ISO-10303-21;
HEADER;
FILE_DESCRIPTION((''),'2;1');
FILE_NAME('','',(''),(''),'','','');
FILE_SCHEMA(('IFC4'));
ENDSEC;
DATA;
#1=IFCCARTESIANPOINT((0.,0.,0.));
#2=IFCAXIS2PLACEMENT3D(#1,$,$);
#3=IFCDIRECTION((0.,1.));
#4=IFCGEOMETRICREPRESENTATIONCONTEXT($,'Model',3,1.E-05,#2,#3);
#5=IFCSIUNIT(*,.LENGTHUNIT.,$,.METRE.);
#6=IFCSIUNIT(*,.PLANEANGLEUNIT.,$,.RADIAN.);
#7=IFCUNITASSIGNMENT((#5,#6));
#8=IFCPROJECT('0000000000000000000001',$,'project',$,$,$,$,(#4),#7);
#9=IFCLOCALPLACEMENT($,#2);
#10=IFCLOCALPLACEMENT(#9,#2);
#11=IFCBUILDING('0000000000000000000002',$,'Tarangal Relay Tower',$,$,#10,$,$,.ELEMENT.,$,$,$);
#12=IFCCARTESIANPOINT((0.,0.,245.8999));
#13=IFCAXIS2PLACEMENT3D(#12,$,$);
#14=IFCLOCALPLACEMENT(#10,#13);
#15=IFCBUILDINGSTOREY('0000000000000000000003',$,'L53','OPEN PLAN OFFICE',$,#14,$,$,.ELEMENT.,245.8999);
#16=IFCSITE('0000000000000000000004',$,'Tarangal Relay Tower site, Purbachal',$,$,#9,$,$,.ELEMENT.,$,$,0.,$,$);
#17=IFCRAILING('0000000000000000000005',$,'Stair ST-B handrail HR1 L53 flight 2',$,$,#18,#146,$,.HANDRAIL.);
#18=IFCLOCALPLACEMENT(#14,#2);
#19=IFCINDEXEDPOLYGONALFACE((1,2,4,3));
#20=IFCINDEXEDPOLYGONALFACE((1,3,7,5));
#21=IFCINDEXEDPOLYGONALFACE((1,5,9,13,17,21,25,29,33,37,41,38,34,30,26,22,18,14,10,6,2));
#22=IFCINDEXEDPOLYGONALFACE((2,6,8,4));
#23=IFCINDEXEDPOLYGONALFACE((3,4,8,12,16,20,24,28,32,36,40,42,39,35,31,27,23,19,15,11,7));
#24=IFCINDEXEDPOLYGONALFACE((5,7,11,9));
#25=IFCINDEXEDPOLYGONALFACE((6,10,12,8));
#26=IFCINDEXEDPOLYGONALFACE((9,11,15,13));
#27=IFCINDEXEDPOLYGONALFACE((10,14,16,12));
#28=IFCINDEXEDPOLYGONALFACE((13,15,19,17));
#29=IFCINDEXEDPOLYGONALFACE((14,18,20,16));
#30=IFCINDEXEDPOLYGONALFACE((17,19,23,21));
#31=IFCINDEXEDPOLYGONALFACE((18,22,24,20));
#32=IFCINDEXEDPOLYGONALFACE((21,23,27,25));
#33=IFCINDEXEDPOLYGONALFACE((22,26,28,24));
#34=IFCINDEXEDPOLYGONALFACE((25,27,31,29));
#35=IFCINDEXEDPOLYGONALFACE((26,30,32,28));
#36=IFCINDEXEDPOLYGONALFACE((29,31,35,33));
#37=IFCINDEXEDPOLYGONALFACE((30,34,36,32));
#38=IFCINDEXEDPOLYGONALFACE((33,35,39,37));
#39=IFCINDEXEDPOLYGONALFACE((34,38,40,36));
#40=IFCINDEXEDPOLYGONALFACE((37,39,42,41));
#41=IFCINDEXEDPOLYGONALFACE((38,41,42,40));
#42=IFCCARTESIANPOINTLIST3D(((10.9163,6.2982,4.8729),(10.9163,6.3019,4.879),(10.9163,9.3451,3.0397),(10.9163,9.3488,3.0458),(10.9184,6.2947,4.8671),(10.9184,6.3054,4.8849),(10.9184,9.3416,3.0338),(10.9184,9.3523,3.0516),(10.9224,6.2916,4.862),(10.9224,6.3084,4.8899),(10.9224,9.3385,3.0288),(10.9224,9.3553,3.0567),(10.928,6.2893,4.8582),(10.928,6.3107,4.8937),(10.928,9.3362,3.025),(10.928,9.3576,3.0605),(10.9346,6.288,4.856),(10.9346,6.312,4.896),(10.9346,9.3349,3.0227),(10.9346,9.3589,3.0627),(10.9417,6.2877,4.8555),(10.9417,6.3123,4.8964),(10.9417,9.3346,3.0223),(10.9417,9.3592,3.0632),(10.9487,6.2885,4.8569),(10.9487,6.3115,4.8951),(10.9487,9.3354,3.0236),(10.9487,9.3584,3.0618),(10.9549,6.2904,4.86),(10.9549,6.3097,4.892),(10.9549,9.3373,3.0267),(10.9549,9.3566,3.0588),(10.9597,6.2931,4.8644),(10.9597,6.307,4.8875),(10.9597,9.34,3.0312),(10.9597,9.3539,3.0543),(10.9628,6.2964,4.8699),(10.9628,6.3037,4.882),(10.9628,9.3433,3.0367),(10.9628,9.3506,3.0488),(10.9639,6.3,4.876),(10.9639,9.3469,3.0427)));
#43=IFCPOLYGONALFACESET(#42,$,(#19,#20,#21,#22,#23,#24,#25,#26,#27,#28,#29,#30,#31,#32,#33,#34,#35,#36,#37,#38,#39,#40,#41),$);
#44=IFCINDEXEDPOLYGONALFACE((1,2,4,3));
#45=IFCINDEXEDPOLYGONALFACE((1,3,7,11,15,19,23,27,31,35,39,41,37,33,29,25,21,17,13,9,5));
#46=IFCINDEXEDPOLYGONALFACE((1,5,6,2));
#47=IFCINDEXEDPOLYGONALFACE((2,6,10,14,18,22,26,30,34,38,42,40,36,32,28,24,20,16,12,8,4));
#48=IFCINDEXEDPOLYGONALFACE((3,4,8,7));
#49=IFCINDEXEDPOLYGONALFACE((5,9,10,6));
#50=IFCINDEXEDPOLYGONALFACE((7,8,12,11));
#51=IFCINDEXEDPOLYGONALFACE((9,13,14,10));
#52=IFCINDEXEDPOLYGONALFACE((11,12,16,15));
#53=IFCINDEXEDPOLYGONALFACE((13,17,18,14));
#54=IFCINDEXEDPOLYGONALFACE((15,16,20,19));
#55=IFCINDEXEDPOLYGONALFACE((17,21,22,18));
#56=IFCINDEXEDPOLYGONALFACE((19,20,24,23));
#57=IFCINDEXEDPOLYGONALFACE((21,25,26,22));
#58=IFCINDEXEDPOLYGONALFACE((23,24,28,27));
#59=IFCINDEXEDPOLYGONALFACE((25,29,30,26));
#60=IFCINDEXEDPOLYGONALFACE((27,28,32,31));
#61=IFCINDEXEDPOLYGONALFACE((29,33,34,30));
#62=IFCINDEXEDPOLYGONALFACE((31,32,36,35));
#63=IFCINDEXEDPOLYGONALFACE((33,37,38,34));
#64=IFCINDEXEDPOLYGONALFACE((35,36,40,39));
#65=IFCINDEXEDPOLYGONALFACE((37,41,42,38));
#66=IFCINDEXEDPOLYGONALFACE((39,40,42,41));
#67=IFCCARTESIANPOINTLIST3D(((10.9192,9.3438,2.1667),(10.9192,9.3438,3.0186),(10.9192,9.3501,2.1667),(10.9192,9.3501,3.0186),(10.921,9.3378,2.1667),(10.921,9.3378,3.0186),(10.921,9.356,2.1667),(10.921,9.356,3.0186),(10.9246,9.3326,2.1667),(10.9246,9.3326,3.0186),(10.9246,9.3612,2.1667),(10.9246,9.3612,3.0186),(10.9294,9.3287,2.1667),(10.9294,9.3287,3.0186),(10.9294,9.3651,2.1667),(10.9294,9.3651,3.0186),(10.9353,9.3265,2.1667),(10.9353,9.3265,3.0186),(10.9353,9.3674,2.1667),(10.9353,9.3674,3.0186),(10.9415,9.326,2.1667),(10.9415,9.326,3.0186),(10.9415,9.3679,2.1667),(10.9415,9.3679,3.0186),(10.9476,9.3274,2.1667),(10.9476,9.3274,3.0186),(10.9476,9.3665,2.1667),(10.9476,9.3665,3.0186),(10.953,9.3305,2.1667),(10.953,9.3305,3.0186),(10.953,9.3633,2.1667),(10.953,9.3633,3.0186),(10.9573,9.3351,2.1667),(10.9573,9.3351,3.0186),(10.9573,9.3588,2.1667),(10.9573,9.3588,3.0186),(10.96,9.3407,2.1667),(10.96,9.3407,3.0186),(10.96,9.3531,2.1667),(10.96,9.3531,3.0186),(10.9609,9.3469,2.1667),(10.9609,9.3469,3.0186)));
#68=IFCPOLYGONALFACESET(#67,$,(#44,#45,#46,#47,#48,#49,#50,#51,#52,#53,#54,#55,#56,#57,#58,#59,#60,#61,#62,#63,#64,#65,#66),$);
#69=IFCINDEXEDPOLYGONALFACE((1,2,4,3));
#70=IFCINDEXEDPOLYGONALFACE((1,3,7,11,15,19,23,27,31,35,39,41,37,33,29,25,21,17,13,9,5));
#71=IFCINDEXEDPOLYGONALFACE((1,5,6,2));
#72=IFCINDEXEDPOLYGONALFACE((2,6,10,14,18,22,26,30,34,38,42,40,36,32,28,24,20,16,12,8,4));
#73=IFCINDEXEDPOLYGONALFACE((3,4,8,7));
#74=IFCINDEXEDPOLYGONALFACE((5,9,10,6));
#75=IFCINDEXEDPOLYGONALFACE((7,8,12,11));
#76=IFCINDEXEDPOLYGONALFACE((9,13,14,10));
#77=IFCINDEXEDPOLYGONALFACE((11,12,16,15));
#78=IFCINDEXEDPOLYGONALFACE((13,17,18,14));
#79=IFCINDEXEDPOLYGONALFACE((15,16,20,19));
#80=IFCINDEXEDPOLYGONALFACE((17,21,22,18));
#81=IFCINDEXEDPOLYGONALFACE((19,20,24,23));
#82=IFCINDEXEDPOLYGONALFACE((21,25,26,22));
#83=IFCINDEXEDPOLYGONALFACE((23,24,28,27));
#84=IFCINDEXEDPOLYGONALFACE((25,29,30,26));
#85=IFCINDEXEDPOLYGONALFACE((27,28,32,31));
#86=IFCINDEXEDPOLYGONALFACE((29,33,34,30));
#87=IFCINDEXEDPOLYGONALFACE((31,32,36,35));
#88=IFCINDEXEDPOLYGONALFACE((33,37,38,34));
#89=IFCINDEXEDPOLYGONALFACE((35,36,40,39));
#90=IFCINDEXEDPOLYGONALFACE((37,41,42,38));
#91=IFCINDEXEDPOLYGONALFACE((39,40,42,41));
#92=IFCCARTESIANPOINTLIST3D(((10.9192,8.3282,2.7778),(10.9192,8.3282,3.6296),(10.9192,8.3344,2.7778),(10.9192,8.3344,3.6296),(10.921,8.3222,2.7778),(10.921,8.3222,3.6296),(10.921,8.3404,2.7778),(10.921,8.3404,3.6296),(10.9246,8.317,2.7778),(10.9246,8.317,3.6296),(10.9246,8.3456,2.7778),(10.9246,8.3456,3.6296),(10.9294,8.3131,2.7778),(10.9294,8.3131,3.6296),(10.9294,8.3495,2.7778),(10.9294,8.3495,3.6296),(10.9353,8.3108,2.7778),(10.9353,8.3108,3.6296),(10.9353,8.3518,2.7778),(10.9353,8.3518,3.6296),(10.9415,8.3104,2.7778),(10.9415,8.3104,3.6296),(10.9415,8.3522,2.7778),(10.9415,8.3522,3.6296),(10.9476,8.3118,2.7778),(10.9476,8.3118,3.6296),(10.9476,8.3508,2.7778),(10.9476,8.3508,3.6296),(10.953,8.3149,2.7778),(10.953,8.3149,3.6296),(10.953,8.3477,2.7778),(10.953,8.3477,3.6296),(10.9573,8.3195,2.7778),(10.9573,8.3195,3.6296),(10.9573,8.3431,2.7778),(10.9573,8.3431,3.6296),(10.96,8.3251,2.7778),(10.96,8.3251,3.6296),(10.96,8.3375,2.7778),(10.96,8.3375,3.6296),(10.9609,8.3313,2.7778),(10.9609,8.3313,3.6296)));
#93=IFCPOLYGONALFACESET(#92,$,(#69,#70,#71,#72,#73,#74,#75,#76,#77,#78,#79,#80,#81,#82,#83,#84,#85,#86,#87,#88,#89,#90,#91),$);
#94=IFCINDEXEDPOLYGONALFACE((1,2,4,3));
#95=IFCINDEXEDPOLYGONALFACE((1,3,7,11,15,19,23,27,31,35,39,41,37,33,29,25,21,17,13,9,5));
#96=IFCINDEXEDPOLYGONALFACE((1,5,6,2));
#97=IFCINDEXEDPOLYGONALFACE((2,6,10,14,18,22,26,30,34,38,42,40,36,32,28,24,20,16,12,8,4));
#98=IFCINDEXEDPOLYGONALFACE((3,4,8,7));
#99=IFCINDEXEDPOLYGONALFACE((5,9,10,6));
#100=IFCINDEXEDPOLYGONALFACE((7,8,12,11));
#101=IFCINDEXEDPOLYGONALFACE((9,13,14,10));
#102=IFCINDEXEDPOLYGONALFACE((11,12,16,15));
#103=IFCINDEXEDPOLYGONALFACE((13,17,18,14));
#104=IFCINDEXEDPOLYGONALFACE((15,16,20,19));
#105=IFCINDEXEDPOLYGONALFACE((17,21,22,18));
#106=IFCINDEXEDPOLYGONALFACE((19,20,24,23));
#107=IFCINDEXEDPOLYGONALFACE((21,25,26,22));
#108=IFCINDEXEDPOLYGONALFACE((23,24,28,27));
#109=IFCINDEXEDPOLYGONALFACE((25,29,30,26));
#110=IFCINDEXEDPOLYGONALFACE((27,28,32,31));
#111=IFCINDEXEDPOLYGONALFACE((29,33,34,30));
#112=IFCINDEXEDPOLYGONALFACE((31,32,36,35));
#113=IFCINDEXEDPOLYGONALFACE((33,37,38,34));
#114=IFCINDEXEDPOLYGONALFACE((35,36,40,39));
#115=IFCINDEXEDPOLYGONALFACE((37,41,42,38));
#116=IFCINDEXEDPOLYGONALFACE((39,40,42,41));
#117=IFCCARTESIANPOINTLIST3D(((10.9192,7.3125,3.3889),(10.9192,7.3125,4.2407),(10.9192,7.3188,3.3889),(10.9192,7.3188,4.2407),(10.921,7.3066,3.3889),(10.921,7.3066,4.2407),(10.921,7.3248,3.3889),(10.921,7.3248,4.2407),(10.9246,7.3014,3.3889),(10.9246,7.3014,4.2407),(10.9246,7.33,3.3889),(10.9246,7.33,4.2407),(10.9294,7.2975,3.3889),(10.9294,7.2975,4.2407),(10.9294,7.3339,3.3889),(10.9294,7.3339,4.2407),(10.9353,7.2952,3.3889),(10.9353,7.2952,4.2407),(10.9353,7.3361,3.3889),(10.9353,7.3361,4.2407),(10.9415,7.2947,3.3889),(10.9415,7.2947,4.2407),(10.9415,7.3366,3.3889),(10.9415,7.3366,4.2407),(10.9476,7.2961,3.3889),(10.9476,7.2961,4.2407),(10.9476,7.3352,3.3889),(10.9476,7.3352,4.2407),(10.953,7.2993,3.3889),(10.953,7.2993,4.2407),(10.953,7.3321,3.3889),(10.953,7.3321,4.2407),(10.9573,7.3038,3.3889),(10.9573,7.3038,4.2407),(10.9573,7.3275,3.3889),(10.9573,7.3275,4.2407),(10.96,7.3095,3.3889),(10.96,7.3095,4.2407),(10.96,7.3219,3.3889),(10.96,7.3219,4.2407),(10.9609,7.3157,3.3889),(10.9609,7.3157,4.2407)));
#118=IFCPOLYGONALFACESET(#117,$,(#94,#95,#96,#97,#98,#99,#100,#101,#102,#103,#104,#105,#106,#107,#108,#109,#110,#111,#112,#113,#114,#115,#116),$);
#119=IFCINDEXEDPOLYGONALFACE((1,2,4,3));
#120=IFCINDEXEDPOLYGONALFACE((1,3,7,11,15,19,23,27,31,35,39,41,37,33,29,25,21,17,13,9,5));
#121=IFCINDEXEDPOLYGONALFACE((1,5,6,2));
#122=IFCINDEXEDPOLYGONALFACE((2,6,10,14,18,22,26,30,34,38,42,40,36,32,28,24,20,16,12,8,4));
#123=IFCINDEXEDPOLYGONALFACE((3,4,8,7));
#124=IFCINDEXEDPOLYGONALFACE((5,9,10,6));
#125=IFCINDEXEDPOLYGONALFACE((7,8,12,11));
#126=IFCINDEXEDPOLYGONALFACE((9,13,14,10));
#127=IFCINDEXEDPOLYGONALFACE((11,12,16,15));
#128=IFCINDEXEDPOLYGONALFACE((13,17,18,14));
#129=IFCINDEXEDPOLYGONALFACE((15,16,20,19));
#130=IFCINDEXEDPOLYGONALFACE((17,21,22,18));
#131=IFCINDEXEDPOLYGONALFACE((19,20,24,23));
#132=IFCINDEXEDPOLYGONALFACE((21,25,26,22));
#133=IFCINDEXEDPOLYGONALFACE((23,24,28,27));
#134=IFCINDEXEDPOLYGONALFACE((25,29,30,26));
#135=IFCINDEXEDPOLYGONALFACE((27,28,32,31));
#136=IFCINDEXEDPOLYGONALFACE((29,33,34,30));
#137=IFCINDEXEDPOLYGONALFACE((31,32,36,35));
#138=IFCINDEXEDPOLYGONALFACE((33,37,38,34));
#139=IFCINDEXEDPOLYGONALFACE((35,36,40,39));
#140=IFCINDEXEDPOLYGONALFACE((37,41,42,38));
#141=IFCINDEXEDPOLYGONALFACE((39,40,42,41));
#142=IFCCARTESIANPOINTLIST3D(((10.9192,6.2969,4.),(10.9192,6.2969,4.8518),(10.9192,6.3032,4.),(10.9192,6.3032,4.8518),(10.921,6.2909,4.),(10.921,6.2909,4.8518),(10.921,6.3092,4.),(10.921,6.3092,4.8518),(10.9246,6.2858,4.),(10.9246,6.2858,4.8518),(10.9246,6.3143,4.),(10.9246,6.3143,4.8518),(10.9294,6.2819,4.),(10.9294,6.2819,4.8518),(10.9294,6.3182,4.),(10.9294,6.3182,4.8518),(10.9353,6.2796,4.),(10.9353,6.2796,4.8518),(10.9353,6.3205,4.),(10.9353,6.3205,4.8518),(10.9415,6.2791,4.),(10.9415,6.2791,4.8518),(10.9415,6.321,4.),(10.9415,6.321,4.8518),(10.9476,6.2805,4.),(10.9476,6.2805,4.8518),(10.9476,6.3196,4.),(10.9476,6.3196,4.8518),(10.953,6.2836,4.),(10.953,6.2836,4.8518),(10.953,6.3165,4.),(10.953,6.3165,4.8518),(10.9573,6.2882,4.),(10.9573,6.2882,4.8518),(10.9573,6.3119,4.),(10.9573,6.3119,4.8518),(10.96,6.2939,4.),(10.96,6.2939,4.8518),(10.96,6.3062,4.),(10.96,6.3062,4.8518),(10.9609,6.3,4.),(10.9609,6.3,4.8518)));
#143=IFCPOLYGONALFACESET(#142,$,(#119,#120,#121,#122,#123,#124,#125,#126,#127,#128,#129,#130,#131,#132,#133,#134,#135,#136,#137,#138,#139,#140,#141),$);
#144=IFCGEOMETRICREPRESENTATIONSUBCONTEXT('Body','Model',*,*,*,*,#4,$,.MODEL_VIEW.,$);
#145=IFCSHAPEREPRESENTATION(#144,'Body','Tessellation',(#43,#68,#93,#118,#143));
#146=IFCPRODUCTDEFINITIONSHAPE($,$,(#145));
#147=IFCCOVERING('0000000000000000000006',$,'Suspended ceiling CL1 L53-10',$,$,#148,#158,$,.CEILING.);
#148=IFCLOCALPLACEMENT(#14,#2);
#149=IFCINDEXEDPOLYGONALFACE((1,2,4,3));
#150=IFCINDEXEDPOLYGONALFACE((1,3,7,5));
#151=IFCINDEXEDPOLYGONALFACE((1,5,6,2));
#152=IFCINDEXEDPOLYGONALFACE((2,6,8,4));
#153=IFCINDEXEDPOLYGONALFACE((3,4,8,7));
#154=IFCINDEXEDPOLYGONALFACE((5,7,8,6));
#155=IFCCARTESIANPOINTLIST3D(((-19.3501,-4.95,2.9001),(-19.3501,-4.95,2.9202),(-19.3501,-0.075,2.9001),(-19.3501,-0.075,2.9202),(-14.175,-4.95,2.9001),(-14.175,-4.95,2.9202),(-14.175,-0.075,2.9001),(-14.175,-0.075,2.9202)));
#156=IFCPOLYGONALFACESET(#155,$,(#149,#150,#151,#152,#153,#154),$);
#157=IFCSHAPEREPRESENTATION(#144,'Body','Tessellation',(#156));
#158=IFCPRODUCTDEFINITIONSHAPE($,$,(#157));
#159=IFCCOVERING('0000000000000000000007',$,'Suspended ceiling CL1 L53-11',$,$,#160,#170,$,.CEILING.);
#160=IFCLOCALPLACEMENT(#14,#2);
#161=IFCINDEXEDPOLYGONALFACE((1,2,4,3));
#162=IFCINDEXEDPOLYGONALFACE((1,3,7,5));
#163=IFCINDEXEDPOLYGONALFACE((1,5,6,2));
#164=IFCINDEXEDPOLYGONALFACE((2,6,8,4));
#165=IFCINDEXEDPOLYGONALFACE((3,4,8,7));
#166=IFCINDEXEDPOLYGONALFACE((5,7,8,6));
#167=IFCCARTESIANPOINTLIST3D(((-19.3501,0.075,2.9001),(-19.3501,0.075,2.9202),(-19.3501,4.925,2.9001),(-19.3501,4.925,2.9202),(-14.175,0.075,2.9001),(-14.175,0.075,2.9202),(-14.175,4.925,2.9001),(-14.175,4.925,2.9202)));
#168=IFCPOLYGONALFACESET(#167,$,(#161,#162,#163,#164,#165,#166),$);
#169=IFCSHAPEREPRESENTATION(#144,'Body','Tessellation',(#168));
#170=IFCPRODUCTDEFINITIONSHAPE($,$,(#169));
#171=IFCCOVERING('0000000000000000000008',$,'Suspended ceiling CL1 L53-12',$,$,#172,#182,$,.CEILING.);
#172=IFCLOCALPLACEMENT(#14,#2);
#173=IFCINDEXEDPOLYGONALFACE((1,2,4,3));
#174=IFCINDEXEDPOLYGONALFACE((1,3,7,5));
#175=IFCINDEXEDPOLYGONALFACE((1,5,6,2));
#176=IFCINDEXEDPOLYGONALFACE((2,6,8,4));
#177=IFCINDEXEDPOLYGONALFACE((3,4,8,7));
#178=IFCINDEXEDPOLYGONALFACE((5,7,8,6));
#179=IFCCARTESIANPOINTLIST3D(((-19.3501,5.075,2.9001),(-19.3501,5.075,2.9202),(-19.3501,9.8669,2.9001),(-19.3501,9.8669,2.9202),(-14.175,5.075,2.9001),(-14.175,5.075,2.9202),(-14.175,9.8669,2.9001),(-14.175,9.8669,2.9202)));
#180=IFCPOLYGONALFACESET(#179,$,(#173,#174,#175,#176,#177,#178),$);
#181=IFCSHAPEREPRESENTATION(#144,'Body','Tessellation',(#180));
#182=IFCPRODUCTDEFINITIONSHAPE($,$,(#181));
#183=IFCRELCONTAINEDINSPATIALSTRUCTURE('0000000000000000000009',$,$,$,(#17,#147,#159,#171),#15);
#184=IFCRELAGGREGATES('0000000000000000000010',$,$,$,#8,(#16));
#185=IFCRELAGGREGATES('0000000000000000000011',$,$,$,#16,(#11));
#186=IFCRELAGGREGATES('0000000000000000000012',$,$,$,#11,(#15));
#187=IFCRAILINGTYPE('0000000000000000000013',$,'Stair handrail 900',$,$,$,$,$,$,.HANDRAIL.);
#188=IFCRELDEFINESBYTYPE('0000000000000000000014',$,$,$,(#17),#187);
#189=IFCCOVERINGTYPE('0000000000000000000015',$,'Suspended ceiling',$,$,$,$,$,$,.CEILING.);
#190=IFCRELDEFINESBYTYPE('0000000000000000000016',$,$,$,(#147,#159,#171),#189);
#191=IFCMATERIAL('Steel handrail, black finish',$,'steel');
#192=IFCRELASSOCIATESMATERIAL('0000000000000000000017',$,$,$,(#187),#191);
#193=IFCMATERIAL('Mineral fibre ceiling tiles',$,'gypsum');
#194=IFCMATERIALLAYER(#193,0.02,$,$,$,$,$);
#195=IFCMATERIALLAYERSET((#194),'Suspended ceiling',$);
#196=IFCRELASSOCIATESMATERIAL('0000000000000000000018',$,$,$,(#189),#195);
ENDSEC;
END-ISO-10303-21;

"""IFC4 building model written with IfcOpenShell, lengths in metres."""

from ifc_helpers import new_model, si_unit, direction, frame, origin, origin_2d, place, context, subcontext, project, spatial, polyline, circle, outline, extrude, material, layer, layer_set, type_object, element, save


model = new_model("IFC4")

# Units and contexts
model_context = context("Model", 3, precision=1e-05, world=origin(), true_north=direction((0.0, 1.0)))
body_context = subcontext(model_context, "Body", "Model", "MODEL_VIEW")
ifc_project = project(units=[si_unit("LENGTHUNIT", "METRE"), si_unit("PLANEANGLEUNIT", "RADIAN")], contexts=[model_context])

# Site, building, storey
site_placement = place(None, origin())
site = spatial("IfcSite", under=ifc_project, at=site_placement, Name="Tarangal Relay Tower site, Purbachal", CompositionType="ELEMENT", RefElevation=0.0)
building_placement = place(site_placement, origin())
building = spatial("IfcBuilding", under=site, at=building_placement, Name="Tarangal Relay Tower", CompositionType="ELEMENT")
storey_placement = place(building_placement, frame((0.0, 0.0, 245.8999)))
storey = spatial("IfcBuildingStorey", under=building, at=storey_placement, Name="L53", Description="OPEN PLAN OFFICE", CompositionType="ELEMENT", Elevation=245.8999)

# Railing
ifc_material_1 = material(Name="Steel handrail, black finish", Category="steel")
railing_type_1 = type_object("IfcRailingType", Name="Stair handrail 900", PredefinedType="HANDRAIL", material=ifc_material_1)
railing_1_placement = place(storey_placement, frame((10.9399, 9.3469, 2.1667)))
element("IfcRailing", 1, at=railing_1_placement, inside=storey, type_object=railing_type_1, Name="Stair ST-B handrail HR1 L53 flight 2", PredefinedType="HANDRAIL", context=body_context, shape_type="SweptSolid", body=[
    extrude(circle(Radius=0.0239, at=origin_2d()), frame((0.0, 0.0, 0.876), z_axis=(0.0, -0.856856, 0.515556), x_axis=(1.0, 0.0, 0.0)), (0.0, 0.0, 1.0), 3.5559),
    extrude(circle(Radius=0.021, at=origin_2d()), origin(), (0.0, 0.0, 1.0), 0.8518),
    extrude(circle(Radius=0.021, at=origin_2d()), frame((0.0, -1.0156, 0.6111)), (0.0, 0.0, 1.0), 0.8518),
    extrude(circle(Radius=0.021, at=origin_2d()), frame((0.0, -2.0312, 1.2222)), (0.0, 0.0, 1.0), 0.8518),
    extrude(circle(Radius=0.021, at=origin_2d()), frame((0.0, -3.0469, 1.8333)), (0.0, 0.0, 1.0), 0.8518),
])

# Coverings
ifc_material_2 = material(Name="Mineral fibre ceiling tiles", Category="gypsum")
ifc_layer_1 = layer(ifc_material_2, 0.02)
ifc_layer_set_1 = layer_set([ifc_layer_1], Name="Suspended ceiling")
covering_type = type_object("IfcCoveringType", Name="Suspended ceiling", PredefinedType="CEILING", material=ifc_layer_set_1)
covering_1_placement = place(storey_placement, frame((0.0, 0.0, 2.9001)))
element("IfcCovering", 2, at=covering_1_placement, inside=storey, type_object=covering_type, Name="Suspended ceiling CL1 L53-10", PredefinedType="CEILING", context=body_context, shape_type="SweptSolid", body=[
    extrude(outline(polyline([(-14.175, -0.075), (-19.3501, -0.075), (-19.3501, -4.95), (-14.175, -4.95), (-14.175, -0.075)])), origin(), (0.0, 0.0, 1.0), 0.02),
])
covering_2_placement = place(storey_placement, frame((0.0, 0.0, 2.9001)))
element("IfcCovering", 3, at=covering_2_placement, inside=storey, type_object=covering_type, Name="Suspended ceiling CL1 L53-11", PredefinedType="CEILING", context=body_context, shape_type="SweptSolid", body=[
    extrude(outline(polyline([(-14.175, 4.925), (-19.3501, 4.925), (-19.3501, 0.075), (-14.175, 0.075), (-14.175, 4.925)])), origin(), (0.0, 0.0, 1.0), 0.02),
])
covering_3_placement = place(storey_placement, frame((0.0, 0.0, 2.9001)))
element("IfcCovering", 4, at=covering_3_placement, inside=storey, type_object=covering_type, Name="Suspended ceiling CL1 L53-12", PredefinedType="CEILING", context=body_context, shape_type="SweptSolid", body=[
    extrude(outline(polyline([(-19.3501, 9.8669), (-19.3501, 5.075), (-14.175, 5.075), (-14.175, 9.8669), (-19.3501, 9.8669)])), origin(), (0.0, 0.0, 1.0), 0.02),
])

save(model, "model.ifc")
